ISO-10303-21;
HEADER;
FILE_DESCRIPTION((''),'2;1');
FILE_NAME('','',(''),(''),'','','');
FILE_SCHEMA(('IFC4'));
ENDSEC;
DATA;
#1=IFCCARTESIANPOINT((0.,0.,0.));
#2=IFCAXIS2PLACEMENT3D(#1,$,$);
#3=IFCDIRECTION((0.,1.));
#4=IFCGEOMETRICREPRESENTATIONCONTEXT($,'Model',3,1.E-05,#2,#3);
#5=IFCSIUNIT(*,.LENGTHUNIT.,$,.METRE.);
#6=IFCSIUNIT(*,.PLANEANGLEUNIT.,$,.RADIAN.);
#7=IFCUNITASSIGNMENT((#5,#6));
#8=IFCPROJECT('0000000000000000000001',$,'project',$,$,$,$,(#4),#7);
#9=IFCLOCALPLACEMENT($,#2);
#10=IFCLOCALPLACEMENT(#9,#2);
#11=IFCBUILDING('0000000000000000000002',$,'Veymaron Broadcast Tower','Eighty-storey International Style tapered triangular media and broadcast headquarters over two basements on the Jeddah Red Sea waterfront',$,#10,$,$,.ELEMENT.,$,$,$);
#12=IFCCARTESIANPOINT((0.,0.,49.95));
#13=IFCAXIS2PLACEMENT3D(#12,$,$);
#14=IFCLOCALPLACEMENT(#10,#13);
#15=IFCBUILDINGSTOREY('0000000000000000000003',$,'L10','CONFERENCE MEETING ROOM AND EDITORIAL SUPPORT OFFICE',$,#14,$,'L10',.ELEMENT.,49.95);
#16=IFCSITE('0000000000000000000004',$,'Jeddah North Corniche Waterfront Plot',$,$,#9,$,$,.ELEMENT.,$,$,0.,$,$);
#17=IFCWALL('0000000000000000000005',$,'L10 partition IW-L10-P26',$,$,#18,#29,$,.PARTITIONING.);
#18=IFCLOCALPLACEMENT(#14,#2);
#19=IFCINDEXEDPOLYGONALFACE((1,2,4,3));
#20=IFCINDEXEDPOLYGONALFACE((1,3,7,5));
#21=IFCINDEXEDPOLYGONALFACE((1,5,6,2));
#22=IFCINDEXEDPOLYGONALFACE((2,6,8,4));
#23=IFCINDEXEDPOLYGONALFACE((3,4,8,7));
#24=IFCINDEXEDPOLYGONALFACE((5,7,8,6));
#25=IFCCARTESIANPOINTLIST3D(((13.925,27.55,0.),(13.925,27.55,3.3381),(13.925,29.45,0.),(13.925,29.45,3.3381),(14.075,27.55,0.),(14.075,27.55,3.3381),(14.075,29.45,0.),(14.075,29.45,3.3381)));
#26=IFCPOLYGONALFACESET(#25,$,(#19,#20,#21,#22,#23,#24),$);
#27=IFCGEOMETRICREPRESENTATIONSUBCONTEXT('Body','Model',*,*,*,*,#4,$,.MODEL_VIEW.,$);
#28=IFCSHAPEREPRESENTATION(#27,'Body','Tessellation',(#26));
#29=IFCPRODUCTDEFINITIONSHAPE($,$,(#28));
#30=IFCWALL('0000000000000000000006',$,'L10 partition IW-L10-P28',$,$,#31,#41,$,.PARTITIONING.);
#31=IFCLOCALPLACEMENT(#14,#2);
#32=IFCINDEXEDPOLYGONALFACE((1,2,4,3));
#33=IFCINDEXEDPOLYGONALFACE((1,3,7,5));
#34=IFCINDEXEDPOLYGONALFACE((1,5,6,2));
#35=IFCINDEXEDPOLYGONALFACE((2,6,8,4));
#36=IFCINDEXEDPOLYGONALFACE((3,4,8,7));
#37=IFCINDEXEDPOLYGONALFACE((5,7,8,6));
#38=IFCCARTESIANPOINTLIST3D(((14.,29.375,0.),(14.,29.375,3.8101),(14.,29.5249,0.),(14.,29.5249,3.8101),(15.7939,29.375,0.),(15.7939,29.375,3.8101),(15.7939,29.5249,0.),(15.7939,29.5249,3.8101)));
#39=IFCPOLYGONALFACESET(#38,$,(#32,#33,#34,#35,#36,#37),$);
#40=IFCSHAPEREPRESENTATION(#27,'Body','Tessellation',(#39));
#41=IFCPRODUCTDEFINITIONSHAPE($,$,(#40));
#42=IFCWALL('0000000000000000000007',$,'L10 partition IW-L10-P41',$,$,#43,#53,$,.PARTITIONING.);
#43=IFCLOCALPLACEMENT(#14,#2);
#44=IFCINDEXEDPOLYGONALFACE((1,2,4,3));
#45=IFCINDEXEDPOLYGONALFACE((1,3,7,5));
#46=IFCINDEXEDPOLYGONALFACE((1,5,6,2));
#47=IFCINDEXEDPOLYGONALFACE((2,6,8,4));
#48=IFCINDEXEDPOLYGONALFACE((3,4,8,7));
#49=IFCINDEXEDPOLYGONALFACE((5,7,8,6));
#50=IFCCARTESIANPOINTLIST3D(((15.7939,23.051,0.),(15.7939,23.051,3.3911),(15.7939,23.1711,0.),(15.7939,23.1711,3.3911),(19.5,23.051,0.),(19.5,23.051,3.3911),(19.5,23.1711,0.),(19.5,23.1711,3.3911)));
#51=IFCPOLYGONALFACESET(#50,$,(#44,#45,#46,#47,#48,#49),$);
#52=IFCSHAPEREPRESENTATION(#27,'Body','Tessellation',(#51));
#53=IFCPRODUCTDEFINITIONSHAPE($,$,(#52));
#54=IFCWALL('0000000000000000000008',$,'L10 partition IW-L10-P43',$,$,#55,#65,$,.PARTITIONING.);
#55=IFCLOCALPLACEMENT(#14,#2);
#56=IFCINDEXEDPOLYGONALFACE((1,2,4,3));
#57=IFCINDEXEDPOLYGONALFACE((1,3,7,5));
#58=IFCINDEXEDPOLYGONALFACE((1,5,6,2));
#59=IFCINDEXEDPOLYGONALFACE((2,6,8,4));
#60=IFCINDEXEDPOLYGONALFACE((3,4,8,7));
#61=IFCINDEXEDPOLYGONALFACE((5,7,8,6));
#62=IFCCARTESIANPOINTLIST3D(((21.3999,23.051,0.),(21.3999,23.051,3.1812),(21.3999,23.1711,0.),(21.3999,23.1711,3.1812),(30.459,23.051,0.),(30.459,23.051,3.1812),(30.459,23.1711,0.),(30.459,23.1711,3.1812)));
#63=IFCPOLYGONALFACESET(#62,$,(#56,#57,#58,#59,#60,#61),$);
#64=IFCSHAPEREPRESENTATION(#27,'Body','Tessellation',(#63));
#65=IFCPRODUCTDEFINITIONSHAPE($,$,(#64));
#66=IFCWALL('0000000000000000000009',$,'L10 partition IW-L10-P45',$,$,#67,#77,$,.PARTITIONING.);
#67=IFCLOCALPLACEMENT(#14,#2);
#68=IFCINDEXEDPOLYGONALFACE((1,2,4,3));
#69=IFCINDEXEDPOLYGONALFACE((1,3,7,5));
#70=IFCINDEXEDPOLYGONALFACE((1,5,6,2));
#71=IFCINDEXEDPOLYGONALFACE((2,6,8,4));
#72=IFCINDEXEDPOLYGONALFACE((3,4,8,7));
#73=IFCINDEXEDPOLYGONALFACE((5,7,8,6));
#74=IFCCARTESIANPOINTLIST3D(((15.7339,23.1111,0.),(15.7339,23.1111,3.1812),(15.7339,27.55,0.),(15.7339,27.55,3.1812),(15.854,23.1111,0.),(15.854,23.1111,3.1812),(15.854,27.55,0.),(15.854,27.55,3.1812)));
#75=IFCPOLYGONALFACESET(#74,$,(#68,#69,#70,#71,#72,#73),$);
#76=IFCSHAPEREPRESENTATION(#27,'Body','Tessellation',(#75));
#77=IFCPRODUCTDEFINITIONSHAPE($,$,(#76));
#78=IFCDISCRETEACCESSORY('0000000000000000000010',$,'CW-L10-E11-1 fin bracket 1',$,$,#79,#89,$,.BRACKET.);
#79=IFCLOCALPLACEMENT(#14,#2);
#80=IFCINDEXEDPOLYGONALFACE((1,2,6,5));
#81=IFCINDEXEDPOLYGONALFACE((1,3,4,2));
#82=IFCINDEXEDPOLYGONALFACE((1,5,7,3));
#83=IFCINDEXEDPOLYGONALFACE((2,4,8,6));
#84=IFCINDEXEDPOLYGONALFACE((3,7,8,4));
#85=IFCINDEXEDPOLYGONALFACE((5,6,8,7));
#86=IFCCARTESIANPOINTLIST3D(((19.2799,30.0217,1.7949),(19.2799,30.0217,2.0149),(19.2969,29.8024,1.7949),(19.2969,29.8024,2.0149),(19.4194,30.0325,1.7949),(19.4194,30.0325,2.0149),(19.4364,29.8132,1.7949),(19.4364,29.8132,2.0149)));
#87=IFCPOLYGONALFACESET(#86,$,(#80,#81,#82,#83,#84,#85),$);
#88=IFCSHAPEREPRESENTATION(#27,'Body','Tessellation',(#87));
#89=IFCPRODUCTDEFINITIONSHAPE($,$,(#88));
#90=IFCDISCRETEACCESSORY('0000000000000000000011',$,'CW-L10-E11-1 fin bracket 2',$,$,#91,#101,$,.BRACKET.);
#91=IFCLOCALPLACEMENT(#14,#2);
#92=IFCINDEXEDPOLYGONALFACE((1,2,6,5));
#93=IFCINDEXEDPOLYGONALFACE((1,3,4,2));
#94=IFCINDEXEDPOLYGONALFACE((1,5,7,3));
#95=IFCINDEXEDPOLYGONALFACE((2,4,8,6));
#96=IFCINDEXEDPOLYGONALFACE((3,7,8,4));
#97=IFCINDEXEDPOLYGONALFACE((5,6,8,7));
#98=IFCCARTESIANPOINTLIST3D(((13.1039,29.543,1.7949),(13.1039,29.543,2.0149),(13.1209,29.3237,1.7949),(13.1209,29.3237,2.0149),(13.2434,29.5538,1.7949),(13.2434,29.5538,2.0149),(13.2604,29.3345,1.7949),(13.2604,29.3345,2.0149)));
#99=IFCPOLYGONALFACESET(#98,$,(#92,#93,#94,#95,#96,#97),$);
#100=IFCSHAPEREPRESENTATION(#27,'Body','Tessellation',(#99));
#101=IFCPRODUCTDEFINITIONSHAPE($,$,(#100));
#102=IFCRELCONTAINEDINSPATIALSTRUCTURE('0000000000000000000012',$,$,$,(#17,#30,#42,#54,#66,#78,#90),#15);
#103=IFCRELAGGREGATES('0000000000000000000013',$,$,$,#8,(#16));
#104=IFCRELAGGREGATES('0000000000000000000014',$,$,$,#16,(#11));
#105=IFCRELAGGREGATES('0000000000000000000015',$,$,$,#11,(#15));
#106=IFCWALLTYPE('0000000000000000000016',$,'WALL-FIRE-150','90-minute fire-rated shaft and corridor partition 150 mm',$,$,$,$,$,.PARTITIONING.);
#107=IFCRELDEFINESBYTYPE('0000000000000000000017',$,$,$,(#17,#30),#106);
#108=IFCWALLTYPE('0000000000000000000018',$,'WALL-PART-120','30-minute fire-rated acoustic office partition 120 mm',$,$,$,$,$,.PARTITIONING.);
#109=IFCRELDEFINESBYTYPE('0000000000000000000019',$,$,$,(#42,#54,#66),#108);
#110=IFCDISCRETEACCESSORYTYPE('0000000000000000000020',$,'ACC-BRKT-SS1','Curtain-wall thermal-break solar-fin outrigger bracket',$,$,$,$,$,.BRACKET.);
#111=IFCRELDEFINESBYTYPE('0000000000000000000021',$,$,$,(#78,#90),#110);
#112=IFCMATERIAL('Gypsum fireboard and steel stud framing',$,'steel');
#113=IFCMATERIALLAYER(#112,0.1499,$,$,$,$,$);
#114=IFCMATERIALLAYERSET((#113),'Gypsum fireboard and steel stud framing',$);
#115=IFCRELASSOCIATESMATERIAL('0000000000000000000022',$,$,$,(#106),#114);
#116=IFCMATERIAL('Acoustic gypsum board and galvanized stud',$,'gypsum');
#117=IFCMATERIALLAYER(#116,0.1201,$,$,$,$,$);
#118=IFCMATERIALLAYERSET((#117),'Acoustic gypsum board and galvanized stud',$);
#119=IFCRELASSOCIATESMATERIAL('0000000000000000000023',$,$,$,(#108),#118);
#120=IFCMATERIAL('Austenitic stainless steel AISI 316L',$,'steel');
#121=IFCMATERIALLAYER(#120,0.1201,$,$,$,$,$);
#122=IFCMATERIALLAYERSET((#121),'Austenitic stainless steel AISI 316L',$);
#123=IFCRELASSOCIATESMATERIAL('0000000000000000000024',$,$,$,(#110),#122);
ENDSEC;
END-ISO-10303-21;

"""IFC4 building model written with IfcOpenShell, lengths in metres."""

from ifc_helpers import new_model, si_unit, direction, frame, frame_2d, origin, origin_2d, place, context, subcontext, project, spatial, rectangle, extrude, material, layer, layer_set, type_object, element, save


model = new_model("IFC4")

# Units and contexts
model_context = context("Model", 3, precision=1e-05, world=origin(), true_north=direction((0.0, 1.0)))
body_context = subcontext(model_context, "Body", "Model", "MODEL_VIEW")
ifc_project = project(units=[si_unit("LENGTHUNIT", "METRE"), si_unit("PLANEANGLEUNIT", "RADIAN")], contexts=[model_context])

# Site, building, storey
site_placement = place(None, origin())
site = spatial("IfcSite", under=ifc_project, at=site_placement, Name="Jeddah North Corniche Waterfront Plot", CompositionType="ELEMENT", RefElevation=0.0)
building_placement = place(site_placement, origin())
building = spatial("IfcBuilding", under=site, at=building_placement, Name="Veymaron Broadcast Tower", Description="Eighty-storey International Style tapered triangular media and broadcast headquarters over two basements on the Jeddah Red Sea waterfront", CompositionType="ELEMENT")
storey_placement = place(building_placement, frame((0.0, 0.0, 49.95)))
storey = spatial("IfcBuildingStorey", under=building, at=storey_placement, Name="L10", Description="CONFERENCE MEETING ROOM AND EDITORIAL SUPPORT OFFICE", LongName="L10", CompositionType="ELEMENT", Elevation=49.95)

# Shared definitions
ifc_material_1 = material(Name="Gypsum fireboard and steel stud framing", Category="steel")
ifc_layer_1 = layer(ifc_material_1, 0.1499)
ifc_layer_set_1 = layer_set([ifc_layer_1], Name="Gypsum fireboard and steel stud framing")
wall_type_1 = type_object("IfcWallType", Name="WALL-FIRE-150", Description="90-minute fire-rated shaft and corridor partition 150 mm", PredefinedType="PARTITIONING", material=ifc_layer_set_1)

# Walls
wall_1_placement = place(storey_placement, frame((14.0, 27.55, 0.0), z_axis=(0.0, 0.0, 1.0), x_axis=(0.0, 1.0, 0.0)))
element("IfcWall", 1, at=wall_1_placement, inside=storey, type_object=wall_type_1, Name="L10 partition IW-L10-P26", PredefinedType="PARTITIONING", context=body_context, shape_type="SweptSolid", body=[
    extrude(rectangle(XDim=1.8999, YDim=0.1499, at=frame_2d((0.95, 0.0))), origin(), (0.0, 0.0, 1.0), 3.3381),
])
wall_2_placement = place(storey_placement, frame((14.0, 29.45, 0.0), z_axis=(0.0, 0.0, 1.0), x_axis=(1.0, 0.0, 0.0)))
element("IfcWall", 2, at=wall_2_placement, inside=storey, type_object=wall_type_1, Name="L10 partition IW-L10-P28", PredefinedType="PARTITIONING", context=body_context, shape_type="SweptSolid", body=[
    extrude(rectangle(XDim=1.7939, YDim=0.1499, at=frame_2d((0.897, 0.0))), origin(), (0.0, 0.0, 1.0), 3.8101),
])
ifc_material_2 = material(Name="Acoustic gypsum board and galvanized stud", Category="gypsum")
ifc_layer_2 = layer(ifc_material_2, 0.1201)
ifc_layer_set_2 = layer_set([ifc_layer_2], Name="Acoustic gypsum board and galvanized stud")
wall_type_2 = type_object("IfcWallType", Name="WALL-PART-120", Description="30-minute fire-rated acoustic office partition 120 mm", PredefinedType="PARTITIONING", material=ifc_layer_set_2)
wall_3_placement = place(storey_placement, frame((15.7939, 23.1111, 0.0), z_axis=(0.0, 0.0, 1.0), x_axis=(1.0, 0.0, 0.0)))
element("IfcWall", 3, at=wall_3_placement, inside=storey, type_object=wall_type_2, Name="L10 partition IW-L10-P41", PredefinedType="PARTITIONING", context=body_context, shape_type="SweptSolid", body=[
    extrude(rectangle(XDim=3.7061, YDim=0.1201, at=frame_2d((1.853, 0.0))), origin(), (0.0, 0.0, 1.0), 3.3911),
])
wall_4_placement = place(storey_placement, frame((21.3999, 23.1111, 0.0), z_axis=(0.0, 0.0, 1.0), x_axis=(1.0, 0.0, 0.0)))
element("IfcWall", 4, at=wall_4_placement, inside=storey, type_object=wall_type_2, Name="L10 partition IW-L10-P43", PredefinedType="PARTITIONING", context=body_context, shape_type="SweptSolid", body=[
    extrude(rectangle(XDim=9.0591, YDim=0.1201, at=frame_2d((4.5295, 0.0))), origin(), (0.0, 0.0, 1.0), 3.1812),
])
wall_5_placement = place(storey_placement, frame((15.7939, 23.1111, 0.0), z_axis=(0.0, 0.0, 1.0), x_axis=(0.0, 1.0, 0.0)))
element("IfcWall", 5, at=wall_5_placement, inside=storey, type_object=wall_type_2, Name="L10 partition IW-L10-P45", PredefinedType="PARTITIONING", context=body_context, shape_type="SweptSolid", body=[
    extrude(rectangle(XDim=4.439, YDim=0.1201, at=frame_2d((2.2195, 0.0))), origin(), (0.0, 0.0, 1.0), 3.1812),
])

# Discrete accessories
ifc_material_3 = material(Name="Austenitic stainless steel AISI 316L", Category="steel")
ifc_layer_3 = layer(ifc_material_3, 0.1201)
ifc_layer_set_3 = layer_set([ifc_layer_3], Name="Austenitic stainless steel AISI 316L")
discrete_accessory_type = type_object("IfcDiscreteAccessoryType", Name="ACC-BRKT-SS1", Description="Curtain-wall thermal-break solar-fin outrigger bracket", PredefinedType="BRACKET", material=ifc_layer_set_3)
for number, where, z_axis, x_axis, name in (
    (6, (19.3582, 29.9175, 1.7949), (0.0, 0.0, 1.0), (-0.077293, 0.997008, 0.0), "CW-L10-E11-1 fin bracket 1"),
    (7, (13.1821, 29.4387, 1.7949), (0.0, 0.0, 1.0), (-0.077293, 0.997008, 0.0), "CW-L10-E11-1 fin bracket 2"),
):
    element("IfcDiscreteAccessory", number, at=place(storey_placement, frame(where, z_axis=z_axis, x_axis=x_axis)), inside=storey, type_object=discrete_accessory_type, Name=name, PredefinedType="BRACKET", context=body_context, shape_type="SweptSolid", body=[
        extrude(rectangle(XDim=0.22, YDim=0.1399, at=origin_2d()), origin(), (0.0, 0.0, 1.0), 0.22),
    ])

save(model, "model.ifc")
